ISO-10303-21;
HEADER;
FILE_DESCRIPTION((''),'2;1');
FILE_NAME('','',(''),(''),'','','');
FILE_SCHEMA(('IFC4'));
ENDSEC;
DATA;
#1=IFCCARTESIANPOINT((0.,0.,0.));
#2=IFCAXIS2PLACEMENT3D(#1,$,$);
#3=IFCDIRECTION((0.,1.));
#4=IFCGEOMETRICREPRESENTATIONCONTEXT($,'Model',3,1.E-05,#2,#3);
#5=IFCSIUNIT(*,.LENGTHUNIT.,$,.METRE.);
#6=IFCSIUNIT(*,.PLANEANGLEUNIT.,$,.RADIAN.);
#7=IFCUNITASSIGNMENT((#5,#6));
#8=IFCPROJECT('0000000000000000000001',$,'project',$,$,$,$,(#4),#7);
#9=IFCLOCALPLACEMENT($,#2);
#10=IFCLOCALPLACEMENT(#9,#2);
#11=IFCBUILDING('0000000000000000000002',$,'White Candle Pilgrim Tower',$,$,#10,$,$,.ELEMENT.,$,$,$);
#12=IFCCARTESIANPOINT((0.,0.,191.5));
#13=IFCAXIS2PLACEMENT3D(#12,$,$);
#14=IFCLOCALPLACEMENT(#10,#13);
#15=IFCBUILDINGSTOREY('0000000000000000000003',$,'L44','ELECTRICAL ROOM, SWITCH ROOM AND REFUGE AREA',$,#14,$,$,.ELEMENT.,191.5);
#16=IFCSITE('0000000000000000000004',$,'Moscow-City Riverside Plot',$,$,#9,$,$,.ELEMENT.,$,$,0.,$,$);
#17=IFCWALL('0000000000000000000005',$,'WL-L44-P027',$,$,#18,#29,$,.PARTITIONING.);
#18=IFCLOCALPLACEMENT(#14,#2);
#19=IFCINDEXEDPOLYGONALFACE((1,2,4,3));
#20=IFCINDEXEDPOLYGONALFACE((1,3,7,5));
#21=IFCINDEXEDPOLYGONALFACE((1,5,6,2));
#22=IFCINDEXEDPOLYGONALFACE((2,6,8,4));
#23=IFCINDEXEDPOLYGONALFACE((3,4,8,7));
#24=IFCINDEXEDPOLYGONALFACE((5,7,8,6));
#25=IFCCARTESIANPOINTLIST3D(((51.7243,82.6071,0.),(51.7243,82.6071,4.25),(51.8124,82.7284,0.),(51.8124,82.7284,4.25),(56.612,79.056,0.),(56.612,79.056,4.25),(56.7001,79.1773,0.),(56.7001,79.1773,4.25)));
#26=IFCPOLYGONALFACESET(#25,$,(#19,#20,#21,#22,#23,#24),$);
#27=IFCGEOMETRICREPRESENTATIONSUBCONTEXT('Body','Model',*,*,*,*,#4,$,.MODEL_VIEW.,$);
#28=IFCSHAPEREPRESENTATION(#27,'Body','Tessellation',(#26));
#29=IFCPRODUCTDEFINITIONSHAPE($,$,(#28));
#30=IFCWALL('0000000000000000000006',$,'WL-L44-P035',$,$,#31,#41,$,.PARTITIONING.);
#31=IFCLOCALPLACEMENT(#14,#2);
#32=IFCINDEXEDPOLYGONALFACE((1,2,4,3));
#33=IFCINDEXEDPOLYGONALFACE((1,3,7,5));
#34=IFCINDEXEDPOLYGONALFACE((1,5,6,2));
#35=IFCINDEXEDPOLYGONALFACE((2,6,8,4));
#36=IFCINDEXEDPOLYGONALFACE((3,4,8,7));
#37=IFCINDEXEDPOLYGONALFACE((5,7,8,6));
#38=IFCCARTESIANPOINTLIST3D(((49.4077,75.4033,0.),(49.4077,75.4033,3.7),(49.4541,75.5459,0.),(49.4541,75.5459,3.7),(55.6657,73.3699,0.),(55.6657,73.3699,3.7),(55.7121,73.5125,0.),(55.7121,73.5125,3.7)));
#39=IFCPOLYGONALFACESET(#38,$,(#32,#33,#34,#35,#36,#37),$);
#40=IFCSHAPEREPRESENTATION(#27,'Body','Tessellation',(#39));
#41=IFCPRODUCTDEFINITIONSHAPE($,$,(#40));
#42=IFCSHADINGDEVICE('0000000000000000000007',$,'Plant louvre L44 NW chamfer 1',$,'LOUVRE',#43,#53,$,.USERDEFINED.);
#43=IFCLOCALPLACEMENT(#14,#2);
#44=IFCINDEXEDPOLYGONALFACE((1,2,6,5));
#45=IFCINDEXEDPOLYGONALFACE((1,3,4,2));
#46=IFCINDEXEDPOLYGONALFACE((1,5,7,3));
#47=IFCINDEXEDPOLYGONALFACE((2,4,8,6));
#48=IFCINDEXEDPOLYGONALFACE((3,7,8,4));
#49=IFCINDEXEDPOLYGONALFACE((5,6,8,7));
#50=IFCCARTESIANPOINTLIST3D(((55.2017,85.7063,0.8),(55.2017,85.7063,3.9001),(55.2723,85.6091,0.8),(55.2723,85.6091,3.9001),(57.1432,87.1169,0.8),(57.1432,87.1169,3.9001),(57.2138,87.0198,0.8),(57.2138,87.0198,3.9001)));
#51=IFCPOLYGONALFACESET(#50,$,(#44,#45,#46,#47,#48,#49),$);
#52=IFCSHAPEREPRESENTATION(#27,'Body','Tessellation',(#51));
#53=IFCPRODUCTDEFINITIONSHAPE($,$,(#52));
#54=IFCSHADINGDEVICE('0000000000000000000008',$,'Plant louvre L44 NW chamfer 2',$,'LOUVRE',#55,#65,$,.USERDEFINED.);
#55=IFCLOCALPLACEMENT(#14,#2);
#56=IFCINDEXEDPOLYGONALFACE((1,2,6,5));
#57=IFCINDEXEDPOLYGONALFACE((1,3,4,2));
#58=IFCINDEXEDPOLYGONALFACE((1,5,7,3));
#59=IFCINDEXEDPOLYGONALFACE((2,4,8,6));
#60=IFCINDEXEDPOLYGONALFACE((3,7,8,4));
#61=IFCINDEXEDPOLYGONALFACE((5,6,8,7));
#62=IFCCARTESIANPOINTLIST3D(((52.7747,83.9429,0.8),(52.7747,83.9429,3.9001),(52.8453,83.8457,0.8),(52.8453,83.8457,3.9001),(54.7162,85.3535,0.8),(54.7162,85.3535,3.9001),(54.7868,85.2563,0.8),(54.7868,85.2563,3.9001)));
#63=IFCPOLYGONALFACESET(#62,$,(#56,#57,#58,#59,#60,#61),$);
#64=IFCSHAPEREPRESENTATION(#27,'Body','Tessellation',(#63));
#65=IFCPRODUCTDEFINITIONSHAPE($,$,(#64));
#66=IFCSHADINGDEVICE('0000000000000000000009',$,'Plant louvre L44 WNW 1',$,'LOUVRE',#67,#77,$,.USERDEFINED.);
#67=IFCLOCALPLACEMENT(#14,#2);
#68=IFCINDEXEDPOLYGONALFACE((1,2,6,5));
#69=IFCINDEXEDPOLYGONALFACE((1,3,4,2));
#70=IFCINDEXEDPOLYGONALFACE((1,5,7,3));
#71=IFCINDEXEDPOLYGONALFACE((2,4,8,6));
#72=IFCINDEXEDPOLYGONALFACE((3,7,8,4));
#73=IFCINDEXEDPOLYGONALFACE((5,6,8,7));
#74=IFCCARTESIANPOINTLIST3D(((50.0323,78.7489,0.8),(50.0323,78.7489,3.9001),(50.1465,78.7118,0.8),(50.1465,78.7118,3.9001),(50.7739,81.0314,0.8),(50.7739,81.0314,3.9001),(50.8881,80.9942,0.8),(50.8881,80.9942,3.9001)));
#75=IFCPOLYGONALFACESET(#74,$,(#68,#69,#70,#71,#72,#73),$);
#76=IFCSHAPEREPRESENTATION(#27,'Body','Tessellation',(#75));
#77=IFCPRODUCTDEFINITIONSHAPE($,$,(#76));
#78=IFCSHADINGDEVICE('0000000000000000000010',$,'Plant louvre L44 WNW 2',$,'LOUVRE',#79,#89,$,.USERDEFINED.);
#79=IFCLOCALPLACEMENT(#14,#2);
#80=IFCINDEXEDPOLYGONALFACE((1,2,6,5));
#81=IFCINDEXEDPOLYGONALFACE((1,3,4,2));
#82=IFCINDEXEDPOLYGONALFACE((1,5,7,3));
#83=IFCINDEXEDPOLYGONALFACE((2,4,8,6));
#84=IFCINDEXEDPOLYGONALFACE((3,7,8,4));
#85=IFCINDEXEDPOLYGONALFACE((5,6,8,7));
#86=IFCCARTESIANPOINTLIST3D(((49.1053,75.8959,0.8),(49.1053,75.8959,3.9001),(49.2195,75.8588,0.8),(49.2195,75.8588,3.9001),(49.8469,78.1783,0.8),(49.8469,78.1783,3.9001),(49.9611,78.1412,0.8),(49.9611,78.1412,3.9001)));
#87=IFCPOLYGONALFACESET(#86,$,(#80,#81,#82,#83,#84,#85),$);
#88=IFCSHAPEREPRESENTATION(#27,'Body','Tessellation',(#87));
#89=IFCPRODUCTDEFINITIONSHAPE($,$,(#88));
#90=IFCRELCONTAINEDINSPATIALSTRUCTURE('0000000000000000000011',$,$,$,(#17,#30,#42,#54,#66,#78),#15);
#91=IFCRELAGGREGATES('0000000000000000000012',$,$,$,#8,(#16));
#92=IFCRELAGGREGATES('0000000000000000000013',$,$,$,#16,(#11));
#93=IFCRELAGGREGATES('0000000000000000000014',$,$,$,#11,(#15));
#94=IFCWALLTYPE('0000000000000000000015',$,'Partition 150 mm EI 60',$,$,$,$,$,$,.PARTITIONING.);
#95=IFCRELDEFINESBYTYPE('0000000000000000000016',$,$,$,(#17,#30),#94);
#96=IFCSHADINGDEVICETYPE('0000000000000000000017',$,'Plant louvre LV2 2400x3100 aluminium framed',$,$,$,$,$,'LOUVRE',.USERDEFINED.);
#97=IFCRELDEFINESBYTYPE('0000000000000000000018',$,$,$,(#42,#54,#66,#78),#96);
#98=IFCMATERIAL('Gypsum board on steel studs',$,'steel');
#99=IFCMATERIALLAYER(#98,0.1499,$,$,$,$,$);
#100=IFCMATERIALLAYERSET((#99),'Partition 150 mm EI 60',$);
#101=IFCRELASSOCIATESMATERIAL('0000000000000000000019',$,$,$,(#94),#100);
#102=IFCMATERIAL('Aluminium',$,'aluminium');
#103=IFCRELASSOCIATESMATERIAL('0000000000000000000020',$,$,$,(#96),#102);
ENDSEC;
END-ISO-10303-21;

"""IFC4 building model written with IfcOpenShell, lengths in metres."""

from ifc_helpers import new_model, si_unit, direction, frame, frame_2d, origin, origin_2d, place, context, subcontext, project, spatial, rectangle, extrude, material, layer, layer_set, type_object, element, save


model = new_model("IFC4")

# Units and contexts
model_context = context("Model", 3, precision=1e-05, world=origin(), true_north=direction((0.0, 1.0)))
body_context = subcontext(model_context, "Body", "Model", "MODEL_VIEW")
ifc_project = project(units=[si_unit("LENGTHUNIT", "METRE"), si_unit("PLANEANGLEUNIT", "RADIAN")], contexts=[model_context])

# Site, building, storey
site_placement = place(None, origin())
site = spatial("IfcSite", under=ifc_project, at=site_placement, Name="Moscow-City Riverside Plot", CompositionType="ELEMENT", RefElevation=0.0)
building_placement = place(site_placement, origin())
building = spatial("IfcBuilding", under=site, at=building_placement, Name="White Candle Pilgrim Tower", CompositionType="ELEMENT")
storey_placement = place(building_placement, frame((0.0, 0.0, 191.5)))
storey = spatial("IfcBuildingStorey", under=building, at=storey_placement, Name="L44", Description="ELECTRICAL ROOM, SWITCH ROOM AND REFUGE AREA", CompositionType="ELEMENT", Elevation=191.5)

# Walls
ifc_material_1 = material(Name="Gypsum board on steel studs", Category="steel")
ifc_layer_1 = layer(ifc_material_1, 0.1499)
ifc_layer_set_1 = layer_set([ifc_layer_1], Name="Partition 150 mm EI 60")
wall_type_1 = type_object("IfcWallType", Name="Partition 150 mm EI 60", PredefinedType="PARTITIONING", material=ifc_layer_set_1)
wall_1_placement = place(storey_placement, frame((51.7683, 82.6677, 0.0), z_axis=(0.0, 0.0, 1.0), x_axis=(0.809024, -0.587775, 0.0)))
element("IfcWall", 1, at=wall_1_placement, inside=storey, type_object=wall_type_1, Name="WL-L44-P027", PredefinedType="PARTITIONING", context=body_context, shape_type="SweptSolid", body=[
    extrude(rectangle(XDim=6.0415, YDim=0.1499, at=frame_2d((3.0208, 0.0))), origin(), (0.0, 0.0, 1.0), 4.25),
])
wall_2_placement = place(storey_placement, frame((49.4309, 75.4746, 0.0), z_axis=(0.0, 0.0, 1.0), x_axis=(0.951053, -0.309028, 0.0)))
element("IfcWall", 2, at=wall_2_placement, inside=storey, type_object=wall_type_1, Name="WL-L44-P035", PredefinedType="PARTITIONING", context=body_context, shape_type="SweptSolid", body=[
    extrude(rectangle(XDim=6.5801, YDim=0.1499, at=frame_2d((3.29, 0.0))), origin(), (0.0, 0.0, 1.0), 3.7),
])

# Shading devices
ifc_material_2 = material(Name="Aluminium", Category="aluminium")
shading_device_type = type_object("IfcShadingDeviceType", Name="Plant louvre LV2 2400x3100 aluminium framed", ElementType="LOUVRE", PredefinedType="USERDEFINED", material=ifc_material_2)
for number, where, z_axis, x_axis, name in (
    (3, (56.2078, 86.363, 0.8), (0.0, 0.0, 1.0), (-0.809017, -0.587785, 0.0), "Plant louvre L44 NW chamfer 1"),
    (4, (53.7808, 84.5996, 0.8), (0.0, 0.0, 1.0), (-0.809017, -0.587785, 0.0), "Plant louvre L44 NW chamfer 2"),
    (5, (50.4602, 79.8716, 0.8), (0.0, 0.0, 1.0), (-0.309017, -0.951057, 0.0), "Plant louvre L44 WNW 1"),
    (6, (49.5332, 77.0186, 0.8), (0.0, 0.0, 1.0), (-0.309017, -0.951057, 0.0), "Plant louvre L44 WNW 2"),
):
    element("IfcShadingDevice", number, at=place(storey_placement, frame(where, z_axis=z_axis, x_axis=x_axis)), inside=storey, type_object=shading_device_type, Name=name, ObjectType="LOUVRE", PredefinedType="USERDEFINED", context=body_context, shape_type="SweptSolid", body=[
        extrude(rectangle(XDim=2.3999, YDim=0.1201, at=origin_2d()), origin(), (0.0, 0.0, 1.0), 3.1001),
    ])

save(model, "model.ifc")
